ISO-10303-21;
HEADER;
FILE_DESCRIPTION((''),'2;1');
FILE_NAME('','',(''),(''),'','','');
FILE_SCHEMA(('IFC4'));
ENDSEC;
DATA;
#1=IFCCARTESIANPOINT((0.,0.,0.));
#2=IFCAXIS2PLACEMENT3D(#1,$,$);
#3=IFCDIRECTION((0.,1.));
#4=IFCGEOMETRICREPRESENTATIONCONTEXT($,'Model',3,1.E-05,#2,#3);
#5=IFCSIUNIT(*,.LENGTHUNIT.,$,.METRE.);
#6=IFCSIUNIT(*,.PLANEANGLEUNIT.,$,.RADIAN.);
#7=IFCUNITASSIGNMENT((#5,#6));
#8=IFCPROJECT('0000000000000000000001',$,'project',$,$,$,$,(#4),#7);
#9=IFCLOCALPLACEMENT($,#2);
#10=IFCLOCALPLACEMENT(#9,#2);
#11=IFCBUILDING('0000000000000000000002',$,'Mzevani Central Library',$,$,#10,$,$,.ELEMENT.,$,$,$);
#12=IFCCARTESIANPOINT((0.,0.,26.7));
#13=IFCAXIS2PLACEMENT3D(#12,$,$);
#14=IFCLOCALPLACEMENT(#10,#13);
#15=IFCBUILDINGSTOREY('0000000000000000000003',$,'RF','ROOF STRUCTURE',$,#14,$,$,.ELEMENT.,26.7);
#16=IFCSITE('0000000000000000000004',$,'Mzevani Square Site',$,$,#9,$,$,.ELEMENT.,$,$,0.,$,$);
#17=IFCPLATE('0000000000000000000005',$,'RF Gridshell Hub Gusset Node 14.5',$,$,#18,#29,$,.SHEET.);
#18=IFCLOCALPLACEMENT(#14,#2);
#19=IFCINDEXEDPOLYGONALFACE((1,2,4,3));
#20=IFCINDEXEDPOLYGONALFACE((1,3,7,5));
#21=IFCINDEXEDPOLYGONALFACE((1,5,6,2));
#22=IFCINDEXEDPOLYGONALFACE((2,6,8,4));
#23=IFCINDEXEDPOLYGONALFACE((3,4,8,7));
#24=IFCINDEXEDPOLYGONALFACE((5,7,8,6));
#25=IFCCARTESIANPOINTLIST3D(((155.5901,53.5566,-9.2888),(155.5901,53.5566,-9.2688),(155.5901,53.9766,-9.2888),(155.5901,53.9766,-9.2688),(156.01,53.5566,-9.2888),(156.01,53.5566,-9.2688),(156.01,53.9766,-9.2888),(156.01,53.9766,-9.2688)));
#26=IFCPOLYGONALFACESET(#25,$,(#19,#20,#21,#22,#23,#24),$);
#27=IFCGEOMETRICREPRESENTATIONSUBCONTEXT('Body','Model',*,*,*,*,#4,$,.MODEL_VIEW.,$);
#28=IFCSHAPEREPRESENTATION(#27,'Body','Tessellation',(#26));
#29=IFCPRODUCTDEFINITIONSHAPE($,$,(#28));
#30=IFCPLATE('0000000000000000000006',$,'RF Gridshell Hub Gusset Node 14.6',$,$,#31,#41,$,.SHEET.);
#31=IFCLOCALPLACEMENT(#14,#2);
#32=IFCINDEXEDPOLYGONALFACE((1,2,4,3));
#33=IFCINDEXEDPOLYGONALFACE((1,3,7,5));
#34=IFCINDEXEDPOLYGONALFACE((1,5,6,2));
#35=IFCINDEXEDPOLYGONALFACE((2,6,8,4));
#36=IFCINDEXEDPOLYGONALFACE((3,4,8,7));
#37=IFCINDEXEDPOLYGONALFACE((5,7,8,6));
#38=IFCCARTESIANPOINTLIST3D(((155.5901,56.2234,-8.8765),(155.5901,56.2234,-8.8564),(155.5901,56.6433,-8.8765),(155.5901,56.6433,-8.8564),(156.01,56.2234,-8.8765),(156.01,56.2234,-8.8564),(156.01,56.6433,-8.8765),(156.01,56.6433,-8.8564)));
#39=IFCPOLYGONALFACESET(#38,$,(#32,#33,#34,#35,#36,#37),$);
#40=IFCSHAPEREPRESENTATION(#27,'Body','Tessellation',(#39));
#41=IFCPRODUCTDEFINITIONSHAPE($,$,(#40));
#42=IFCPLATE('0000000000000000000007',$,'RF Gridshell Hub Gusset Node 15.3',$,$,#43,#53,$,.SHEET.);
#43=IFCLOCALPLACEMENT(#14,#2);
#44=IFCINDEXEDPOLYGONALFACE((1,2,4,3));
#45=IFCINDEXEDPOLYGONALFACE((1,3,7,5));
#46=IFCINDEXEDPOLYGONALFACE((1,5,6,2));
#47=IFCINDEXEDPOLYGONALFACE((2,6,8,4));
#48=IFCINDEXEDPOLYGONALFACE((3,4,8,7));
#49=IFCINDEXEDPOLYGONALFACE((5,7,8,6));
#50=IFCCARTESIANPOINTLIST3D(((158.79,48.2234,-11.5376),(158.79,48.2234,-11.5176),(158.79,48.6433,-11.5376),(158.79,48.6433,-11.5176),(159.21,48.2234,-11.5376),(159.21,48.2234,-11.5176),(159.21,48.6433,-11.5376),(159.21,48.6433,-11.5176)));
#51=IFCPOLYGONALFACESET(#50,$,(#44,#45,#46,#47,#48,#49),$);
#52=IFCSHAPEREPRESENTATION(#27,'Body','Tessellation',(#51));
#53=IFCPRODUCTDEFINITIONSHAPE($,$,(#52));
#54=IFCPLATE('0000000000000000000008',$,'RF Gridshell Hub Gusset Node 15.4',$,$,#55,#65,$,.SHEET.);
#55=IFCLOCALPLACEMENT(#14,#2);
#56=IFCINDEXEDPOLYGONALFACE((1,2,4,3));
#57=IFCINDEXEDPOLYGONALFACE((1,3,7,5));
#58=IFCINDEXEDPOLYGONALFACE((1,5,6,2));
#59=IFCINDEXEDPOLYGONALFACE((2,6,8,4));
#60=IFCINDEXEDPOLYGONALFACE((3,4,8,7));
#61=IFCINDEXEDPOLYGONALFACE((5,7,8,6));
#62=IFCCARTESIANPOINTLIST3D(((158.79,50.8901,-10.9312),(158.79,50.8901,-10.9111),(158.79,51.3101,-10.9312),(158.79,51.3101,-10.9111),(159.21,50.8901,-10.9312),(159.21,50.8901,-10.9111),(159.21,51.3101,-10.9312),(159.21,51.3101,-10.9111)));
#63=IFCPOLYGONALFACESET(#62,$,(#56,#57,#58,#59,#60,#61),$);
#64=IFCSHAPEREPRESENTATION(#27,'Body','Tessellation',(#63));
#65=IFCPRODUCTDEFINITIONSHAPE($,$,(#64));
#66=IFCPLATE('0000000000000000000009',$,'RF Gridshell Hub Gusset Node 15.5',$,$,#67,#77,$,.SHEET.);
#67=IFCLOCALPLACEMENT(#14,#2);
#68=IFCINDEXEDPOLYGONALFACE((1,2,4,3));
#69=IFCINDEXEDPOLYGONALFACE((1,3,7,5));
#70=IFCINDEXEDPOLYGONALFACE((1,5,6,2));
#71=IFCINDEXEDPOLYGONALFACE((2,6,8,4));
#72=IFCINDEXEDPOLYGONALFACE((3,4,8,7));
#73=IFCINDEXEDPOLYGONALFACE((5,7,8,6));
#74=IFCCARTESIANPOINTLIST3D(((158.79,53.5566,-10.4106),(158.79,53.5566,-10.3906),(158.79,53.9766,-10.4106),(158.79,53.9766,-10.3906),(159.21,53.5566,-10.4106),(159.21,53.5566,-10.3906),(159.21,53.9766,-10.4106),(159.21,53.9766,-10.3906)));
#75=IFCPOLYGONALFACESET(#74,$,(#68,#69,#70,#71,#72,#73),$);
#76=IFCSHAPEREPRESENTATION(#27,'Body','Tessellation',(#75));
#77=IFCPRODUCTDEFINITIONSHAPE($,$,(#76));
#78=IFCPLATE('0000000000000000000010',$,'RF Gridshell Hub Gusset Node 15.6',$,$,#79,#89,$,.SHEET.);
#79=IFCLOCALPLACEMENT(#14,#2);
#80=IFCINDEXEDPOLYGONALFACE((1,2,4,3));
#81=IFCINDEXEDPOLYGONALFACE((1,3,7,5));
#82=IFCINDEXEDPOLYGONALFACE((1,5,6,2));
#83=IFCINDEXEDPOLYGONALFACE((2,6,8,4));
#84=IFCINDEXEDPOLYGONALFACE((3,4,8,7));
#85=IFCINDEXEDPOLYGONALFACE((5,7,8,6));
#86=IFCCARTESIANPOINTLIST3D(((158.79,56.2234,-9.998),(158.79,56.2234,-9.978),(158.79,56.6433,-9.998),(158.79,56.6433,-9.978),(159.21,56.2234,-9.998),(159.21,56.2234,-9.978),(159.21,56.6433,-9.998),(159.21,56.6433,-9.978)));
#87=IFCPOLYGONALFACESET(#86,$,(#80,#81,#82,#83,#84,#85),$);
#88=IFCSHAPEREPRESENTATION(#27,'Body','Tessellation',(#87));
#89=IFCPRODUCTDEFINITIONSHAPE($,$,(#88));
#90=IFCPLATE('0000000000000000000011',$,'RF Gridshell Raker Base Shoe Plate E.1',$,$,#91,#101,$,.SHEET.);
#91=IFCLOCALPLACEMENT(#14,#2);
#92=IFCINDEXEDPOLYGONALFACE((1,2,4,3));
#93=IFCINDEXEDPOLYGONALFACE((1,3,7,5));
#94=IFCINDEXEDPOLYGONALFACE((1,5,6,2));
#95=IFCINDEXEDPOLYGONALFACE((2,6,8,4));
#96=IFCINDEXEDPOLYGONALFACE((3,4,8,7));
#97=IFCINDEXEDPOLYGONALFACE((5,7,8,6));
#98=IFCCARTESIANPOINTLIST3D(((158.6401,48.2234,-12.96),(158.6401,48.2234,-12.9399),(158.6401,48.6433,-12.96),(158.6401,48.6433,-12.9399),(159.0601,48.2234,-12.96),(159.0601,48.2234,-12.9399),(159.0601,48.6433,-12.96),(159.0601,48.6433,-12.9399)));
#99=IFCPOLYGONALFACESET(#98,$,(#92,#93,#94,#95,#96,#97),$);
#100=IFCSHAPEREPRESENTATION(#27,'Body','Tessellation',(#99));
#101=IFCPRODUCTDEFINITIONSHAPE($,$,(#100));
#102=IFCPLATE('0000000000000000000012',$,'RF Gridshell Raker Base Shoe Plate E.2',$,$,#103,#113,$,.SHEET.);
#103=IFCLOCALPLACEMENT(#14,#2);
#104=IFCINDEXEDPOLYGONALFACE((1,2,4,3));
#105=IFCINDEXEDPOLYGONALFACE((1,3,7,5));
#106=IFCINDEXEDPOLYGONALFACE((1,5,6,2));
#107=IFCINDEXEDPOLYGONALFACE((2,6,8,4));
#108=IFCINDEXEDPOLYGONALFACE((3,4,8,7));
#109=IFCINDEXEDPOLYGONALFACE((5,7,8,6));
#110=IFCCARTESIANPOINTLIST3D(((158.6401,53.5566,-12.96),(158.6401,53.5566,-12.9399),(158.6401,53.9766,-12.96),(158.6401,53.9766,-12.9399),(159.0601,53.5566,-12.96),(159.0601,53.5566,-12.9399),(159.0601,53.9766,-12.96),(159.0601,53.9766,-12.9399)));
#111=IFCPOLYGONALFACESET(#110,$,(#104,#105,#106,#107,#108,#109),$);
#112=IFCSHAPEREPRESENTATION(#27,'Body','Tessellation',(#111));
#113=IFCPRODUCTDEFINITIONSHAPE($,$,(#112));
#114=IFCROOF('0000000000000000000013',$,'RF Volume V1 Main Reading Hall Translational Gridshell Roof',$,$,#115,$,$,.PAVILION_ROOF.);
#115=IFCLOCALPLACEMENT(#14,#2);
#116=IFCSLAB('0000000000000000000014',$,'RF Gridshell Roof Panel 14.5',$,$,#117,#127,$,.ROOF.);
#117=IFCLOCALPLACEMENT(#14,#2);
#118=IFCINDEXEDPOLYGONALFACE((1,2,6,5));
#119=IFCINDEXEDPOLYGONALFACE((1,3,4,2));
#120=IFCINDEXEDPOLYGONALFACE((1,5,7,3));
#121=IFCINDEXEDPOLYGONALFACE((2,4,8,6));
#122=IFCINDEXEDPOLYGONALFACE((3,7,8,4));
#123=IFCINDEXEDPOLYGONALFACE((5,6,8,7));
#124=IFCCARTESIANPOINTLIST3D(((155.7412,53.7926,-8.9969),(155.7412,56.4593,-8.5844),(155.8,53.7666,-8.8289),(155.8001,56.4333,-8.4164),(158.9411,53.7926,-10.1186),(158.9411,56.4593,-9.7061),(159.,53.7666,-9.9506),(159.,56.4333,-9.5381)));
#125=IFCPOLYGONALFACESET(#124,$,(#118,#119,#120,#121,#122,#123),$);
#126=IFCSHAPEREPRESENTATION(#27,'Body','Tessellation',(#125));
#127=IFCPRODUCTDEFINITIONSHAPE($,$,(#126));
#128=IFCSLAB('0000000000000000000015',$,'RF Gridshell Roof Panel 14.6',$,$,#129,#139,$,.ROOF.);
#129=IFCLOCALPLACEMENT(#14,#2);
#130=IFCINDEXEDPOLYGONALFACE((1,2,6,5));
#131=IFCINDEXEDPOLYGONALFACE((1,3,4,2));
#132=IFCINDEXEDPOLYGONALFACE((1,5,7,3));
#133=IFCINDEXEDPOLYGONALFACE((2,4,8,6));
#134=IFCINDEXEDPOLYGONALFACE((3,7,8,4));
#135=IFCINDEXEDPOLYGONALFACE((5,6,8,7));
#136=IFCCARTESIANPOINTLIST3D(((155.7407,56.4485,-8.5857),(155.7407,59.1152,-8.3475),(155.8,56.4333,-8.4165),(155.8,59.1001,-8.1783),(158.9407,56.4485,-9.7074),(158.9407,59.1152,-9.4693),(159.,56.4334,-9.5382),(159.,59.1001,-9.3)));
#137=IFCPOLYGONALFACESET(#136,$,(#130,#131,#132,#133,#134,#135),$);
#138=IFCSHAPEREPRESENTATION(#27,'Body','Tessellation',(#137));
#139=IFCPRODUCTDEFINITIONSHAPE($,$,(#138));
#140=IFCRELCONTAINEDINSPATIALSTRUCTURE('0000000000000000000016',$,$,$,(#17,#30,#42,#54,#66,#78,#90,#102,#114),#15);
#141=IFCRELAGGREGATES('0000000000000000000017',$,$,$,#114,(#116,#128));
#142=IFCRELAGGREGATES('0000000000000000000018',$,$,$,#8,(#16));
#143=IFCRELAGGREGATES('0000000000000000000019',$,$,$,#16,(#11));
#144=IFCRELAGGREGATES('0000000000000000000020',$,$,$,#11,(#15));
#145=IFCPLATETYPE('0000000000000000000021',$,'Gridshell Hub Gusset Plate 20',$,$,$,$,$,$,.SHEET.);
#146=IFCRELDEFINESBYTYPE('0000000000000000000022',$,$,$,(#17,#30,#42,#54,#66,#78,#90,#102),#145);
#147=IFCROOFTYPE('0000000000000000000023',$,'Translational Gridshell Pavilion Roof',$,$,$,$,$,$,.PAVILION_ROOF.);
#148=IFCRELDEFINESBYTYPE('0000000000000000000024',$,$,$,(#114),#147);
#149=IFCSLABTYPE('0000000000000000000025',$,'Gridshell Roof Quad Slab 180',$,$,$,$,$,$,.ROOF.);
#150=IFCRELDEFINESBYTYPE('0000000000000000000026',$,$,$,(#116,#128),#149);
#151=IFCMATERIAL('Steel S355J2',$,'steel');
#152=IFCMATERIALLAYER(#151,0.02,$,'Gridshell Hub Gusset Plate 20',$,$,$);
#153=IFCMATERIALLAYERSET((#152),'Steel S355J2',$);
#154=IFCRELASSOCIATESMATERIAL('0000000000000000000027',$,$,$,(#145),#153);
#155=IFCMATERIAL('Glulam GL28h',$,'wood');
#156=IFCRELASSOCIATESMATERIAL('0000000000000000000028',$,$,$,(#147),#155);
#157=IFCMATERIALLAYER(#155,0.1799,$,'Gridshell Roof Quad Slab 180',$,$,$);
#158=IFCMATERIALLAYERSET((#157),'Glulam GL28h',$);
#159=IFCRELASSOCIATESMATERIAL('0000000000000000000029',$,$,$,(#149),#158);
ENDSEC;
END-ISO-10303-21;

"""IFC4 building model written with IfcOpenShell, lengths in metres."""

from ifc_helpers import new_model, si_unit, direction, frame, origin, origin_2d, place, context, subcontext, project, spatial, polyline, rectangle, outline, extrude, material, layer, layer_set, type_object, element, aggregate, save


model = new_model("IFC4")

# Units and contexts
model_context = context("Model", 3, precision=1e-05, world=origin(), true_north=direction((0.0, 1.0)))
body_context = subcontext(model_context, "Body", "Model", "MODEL_VIEW")
ifc_project = project(units=[si_unit("LENGTHUNIT", "METRE"), si_unit("PLANEANGLEUNIT", "RADIAN")], contexts=[model_context])

# Site, building, storey
site_placement = place(None, origin())
site = spatial("IfcSite", under=ifc_project, at=site_placement, Name="Mzevani Square Site", CompositionType="ELEMENT", RefElevation=0.0)
building_placement = place(site_placement, origin())
building = spatial("IfcBuilding", under=site, at=building_placement, Name="Mzevani Central Library", CompositionType="ELEMENT")
storey_placement = place(building_placement, frame((0.0, 0.0, 26.7)))
storey = spatial("IfcBuildingStorey", under=building, at=storey_placement, Name="RF", Description="ROOF STRUCTURE", CompositionType="ELEMENT", Elevation=26.7)

# Shared definitions
ifc_material_1 = material(Name="Steel S355J2", Category="steel")
ifc_material_2 = material(Name="Glulam GL28h", Category="wood")

# Plates
ifc_layer_1 = layer(ifc_material_1, 0.02, Name="Gridshell Hub Gusset Plate 20")
ifc_layer_set_1 = layer_set([ifc_layer_1], Name="Steel S355J2")
plate_type = type_object("IfcPlateType", Name="Gridshell Hub Gusset Plate 20", PredefinedType="SHEET", material=ifc_layer_set_1)
for number, where, z_axis, x_axis, name in (
    (1, (155.8, 53.7666, -9.2888), (0.0, 0.0, 1.0), (1.0, 0.0, 0.0), "RF Gridshell Hub Gusset Node 14.5"),
    (2, (155.8, 56.4333, -8.8765), (0.0, 0.0, 1.0), (1.0, 0.0, 0.0), "RF Gridshell Hub Gusset Node 14.6"),
    (3, (159.0, 48.4333, -11.5376), (0.0, 0.0, 1.0), (1.0, 0.0, 0.0), "RF Gridshell Hub Gusset Node 15.3"),
    (4, (159.0, 51.1001, -10.9312), (0.0, 0.0, 1.0), (1.0, 0.0, 0.0), "RF Gridshell Hub Gusset Node 15.4"),
    (5, (159.0, 53.7666, -10.4106), (0.0, 0.0, 1.0), (1.0, 0.0, 0.0), "RF Gridshell Hub Gusset Node 15.5"),
    (6, (159.0, 56.4333, -9.998), (0.0, 0.0, 1.0), (1.0, 0.0, 0.0), "RF Gridshell Hub Gusset Node 15.6"),
    (7, (158.8501, 48.4333, -12.96), (0.0, 0.0, 1.0), (1.0, 0.0, 0.0), "RF Gridshell Raker Base Shoe Plate E.1"),
    (8, (158.8501, 53.7666, -12.96), (0.0, 0.0, 1.0), (1.0, 0.0, 0.0), "RF Gridshell Raker Base Shoe Plate E.2"),
):
    element("IfcPlate", number, at=place(storey_placement, frame(where, z_axis=z_axis, x_axis=x_axis)), inside=storey, type_object=plate_type, Name=name, PredefinedType="SHEET", context=body_context, shape_type="SweptSolid", body=[
        extrude(rectangle(XDim=0.4199, YDim=0.4199, at=origin_2d()), origin(), (0.0, 0.0, 1.0), 0.02),
    ])

# Roof, slabs
roof_type = type_object("IfcRoofType", Name="Translational Gridshell Pavilion Roof", PredefinedType="PAVILION_ROOF", material=ifc_material_2)
roof_placement = place(storey_placement, origin())
roof = element("IfcRoof", 9, at=roof_placement, inside=storey, type_object=roof_type, Name="RF Volume V1 Main Reading Hall Translational Gridshell Roof", PredefinedType="PAVILION_ROOF")
ifc_layer_2 = layer(ifc_material_2, 0.1799, Name="Gridshell Roof Quad Slab 180")
ifc_layer_set_2 = layer_set([ifc_layer_2], Name="Glulam GL28h")
slab_type = type_object("IfcSlabType", Name="Gridshell Roof Quad Slab 180", PredefinedType="ROOF", material=ifc_layer_set_2)
slab_1_placement = place(storey_placement, frame((155.8, 53.7666, -8.8289), z_axis=(0.327334, -0.144435, 0.933805), x_axis=(0.9437, -0.000005, -0.330803)))
slab_1 = element("IfcSlab", 10, at=slab_1_placement, type_object=slab_type, Name="RF Gridshell Roof Panel 14.5", PredefinedType="ROOF", context=body_context, shape_type="SweptSolid", body=[
    extrude(outline(polyline([(0.0, 0.0), (3.3909, 0.0), (3.2544, 2.695), (-0.1364, 2.695), (0.0, 0.0)])), origin(), (0.0, 0.0, -1.0), 0.1799),
])
slab_2_placement = place(storey_placement, frame((155.8, 56.4333, -8.4165), z_axis=(0.329634, -0.083981, 0.940366), x_axis=(0.9437, 0.000003, -0.330802)))
slab_2 = element("IfcSlab", 11, at=slab_2_placement, type_object=slab_type, Name="RF Gridshell Roof Panel 14.6", PredefinedType="ROOF", context=body_context, shape_type="SweptSolid", body=[
    extrude(outline(polyline([(0.0, 0.0), (3.3908, 0.0), (3.3121, 2.6762), (-0.0788, 2.6762), (0.0, 0.0)])), origin(), (0.0, 0.0, -1.0), 0.1799),
])
aggregate(roof, [slab_1, slab_2])

save(model, "model.ifc")
